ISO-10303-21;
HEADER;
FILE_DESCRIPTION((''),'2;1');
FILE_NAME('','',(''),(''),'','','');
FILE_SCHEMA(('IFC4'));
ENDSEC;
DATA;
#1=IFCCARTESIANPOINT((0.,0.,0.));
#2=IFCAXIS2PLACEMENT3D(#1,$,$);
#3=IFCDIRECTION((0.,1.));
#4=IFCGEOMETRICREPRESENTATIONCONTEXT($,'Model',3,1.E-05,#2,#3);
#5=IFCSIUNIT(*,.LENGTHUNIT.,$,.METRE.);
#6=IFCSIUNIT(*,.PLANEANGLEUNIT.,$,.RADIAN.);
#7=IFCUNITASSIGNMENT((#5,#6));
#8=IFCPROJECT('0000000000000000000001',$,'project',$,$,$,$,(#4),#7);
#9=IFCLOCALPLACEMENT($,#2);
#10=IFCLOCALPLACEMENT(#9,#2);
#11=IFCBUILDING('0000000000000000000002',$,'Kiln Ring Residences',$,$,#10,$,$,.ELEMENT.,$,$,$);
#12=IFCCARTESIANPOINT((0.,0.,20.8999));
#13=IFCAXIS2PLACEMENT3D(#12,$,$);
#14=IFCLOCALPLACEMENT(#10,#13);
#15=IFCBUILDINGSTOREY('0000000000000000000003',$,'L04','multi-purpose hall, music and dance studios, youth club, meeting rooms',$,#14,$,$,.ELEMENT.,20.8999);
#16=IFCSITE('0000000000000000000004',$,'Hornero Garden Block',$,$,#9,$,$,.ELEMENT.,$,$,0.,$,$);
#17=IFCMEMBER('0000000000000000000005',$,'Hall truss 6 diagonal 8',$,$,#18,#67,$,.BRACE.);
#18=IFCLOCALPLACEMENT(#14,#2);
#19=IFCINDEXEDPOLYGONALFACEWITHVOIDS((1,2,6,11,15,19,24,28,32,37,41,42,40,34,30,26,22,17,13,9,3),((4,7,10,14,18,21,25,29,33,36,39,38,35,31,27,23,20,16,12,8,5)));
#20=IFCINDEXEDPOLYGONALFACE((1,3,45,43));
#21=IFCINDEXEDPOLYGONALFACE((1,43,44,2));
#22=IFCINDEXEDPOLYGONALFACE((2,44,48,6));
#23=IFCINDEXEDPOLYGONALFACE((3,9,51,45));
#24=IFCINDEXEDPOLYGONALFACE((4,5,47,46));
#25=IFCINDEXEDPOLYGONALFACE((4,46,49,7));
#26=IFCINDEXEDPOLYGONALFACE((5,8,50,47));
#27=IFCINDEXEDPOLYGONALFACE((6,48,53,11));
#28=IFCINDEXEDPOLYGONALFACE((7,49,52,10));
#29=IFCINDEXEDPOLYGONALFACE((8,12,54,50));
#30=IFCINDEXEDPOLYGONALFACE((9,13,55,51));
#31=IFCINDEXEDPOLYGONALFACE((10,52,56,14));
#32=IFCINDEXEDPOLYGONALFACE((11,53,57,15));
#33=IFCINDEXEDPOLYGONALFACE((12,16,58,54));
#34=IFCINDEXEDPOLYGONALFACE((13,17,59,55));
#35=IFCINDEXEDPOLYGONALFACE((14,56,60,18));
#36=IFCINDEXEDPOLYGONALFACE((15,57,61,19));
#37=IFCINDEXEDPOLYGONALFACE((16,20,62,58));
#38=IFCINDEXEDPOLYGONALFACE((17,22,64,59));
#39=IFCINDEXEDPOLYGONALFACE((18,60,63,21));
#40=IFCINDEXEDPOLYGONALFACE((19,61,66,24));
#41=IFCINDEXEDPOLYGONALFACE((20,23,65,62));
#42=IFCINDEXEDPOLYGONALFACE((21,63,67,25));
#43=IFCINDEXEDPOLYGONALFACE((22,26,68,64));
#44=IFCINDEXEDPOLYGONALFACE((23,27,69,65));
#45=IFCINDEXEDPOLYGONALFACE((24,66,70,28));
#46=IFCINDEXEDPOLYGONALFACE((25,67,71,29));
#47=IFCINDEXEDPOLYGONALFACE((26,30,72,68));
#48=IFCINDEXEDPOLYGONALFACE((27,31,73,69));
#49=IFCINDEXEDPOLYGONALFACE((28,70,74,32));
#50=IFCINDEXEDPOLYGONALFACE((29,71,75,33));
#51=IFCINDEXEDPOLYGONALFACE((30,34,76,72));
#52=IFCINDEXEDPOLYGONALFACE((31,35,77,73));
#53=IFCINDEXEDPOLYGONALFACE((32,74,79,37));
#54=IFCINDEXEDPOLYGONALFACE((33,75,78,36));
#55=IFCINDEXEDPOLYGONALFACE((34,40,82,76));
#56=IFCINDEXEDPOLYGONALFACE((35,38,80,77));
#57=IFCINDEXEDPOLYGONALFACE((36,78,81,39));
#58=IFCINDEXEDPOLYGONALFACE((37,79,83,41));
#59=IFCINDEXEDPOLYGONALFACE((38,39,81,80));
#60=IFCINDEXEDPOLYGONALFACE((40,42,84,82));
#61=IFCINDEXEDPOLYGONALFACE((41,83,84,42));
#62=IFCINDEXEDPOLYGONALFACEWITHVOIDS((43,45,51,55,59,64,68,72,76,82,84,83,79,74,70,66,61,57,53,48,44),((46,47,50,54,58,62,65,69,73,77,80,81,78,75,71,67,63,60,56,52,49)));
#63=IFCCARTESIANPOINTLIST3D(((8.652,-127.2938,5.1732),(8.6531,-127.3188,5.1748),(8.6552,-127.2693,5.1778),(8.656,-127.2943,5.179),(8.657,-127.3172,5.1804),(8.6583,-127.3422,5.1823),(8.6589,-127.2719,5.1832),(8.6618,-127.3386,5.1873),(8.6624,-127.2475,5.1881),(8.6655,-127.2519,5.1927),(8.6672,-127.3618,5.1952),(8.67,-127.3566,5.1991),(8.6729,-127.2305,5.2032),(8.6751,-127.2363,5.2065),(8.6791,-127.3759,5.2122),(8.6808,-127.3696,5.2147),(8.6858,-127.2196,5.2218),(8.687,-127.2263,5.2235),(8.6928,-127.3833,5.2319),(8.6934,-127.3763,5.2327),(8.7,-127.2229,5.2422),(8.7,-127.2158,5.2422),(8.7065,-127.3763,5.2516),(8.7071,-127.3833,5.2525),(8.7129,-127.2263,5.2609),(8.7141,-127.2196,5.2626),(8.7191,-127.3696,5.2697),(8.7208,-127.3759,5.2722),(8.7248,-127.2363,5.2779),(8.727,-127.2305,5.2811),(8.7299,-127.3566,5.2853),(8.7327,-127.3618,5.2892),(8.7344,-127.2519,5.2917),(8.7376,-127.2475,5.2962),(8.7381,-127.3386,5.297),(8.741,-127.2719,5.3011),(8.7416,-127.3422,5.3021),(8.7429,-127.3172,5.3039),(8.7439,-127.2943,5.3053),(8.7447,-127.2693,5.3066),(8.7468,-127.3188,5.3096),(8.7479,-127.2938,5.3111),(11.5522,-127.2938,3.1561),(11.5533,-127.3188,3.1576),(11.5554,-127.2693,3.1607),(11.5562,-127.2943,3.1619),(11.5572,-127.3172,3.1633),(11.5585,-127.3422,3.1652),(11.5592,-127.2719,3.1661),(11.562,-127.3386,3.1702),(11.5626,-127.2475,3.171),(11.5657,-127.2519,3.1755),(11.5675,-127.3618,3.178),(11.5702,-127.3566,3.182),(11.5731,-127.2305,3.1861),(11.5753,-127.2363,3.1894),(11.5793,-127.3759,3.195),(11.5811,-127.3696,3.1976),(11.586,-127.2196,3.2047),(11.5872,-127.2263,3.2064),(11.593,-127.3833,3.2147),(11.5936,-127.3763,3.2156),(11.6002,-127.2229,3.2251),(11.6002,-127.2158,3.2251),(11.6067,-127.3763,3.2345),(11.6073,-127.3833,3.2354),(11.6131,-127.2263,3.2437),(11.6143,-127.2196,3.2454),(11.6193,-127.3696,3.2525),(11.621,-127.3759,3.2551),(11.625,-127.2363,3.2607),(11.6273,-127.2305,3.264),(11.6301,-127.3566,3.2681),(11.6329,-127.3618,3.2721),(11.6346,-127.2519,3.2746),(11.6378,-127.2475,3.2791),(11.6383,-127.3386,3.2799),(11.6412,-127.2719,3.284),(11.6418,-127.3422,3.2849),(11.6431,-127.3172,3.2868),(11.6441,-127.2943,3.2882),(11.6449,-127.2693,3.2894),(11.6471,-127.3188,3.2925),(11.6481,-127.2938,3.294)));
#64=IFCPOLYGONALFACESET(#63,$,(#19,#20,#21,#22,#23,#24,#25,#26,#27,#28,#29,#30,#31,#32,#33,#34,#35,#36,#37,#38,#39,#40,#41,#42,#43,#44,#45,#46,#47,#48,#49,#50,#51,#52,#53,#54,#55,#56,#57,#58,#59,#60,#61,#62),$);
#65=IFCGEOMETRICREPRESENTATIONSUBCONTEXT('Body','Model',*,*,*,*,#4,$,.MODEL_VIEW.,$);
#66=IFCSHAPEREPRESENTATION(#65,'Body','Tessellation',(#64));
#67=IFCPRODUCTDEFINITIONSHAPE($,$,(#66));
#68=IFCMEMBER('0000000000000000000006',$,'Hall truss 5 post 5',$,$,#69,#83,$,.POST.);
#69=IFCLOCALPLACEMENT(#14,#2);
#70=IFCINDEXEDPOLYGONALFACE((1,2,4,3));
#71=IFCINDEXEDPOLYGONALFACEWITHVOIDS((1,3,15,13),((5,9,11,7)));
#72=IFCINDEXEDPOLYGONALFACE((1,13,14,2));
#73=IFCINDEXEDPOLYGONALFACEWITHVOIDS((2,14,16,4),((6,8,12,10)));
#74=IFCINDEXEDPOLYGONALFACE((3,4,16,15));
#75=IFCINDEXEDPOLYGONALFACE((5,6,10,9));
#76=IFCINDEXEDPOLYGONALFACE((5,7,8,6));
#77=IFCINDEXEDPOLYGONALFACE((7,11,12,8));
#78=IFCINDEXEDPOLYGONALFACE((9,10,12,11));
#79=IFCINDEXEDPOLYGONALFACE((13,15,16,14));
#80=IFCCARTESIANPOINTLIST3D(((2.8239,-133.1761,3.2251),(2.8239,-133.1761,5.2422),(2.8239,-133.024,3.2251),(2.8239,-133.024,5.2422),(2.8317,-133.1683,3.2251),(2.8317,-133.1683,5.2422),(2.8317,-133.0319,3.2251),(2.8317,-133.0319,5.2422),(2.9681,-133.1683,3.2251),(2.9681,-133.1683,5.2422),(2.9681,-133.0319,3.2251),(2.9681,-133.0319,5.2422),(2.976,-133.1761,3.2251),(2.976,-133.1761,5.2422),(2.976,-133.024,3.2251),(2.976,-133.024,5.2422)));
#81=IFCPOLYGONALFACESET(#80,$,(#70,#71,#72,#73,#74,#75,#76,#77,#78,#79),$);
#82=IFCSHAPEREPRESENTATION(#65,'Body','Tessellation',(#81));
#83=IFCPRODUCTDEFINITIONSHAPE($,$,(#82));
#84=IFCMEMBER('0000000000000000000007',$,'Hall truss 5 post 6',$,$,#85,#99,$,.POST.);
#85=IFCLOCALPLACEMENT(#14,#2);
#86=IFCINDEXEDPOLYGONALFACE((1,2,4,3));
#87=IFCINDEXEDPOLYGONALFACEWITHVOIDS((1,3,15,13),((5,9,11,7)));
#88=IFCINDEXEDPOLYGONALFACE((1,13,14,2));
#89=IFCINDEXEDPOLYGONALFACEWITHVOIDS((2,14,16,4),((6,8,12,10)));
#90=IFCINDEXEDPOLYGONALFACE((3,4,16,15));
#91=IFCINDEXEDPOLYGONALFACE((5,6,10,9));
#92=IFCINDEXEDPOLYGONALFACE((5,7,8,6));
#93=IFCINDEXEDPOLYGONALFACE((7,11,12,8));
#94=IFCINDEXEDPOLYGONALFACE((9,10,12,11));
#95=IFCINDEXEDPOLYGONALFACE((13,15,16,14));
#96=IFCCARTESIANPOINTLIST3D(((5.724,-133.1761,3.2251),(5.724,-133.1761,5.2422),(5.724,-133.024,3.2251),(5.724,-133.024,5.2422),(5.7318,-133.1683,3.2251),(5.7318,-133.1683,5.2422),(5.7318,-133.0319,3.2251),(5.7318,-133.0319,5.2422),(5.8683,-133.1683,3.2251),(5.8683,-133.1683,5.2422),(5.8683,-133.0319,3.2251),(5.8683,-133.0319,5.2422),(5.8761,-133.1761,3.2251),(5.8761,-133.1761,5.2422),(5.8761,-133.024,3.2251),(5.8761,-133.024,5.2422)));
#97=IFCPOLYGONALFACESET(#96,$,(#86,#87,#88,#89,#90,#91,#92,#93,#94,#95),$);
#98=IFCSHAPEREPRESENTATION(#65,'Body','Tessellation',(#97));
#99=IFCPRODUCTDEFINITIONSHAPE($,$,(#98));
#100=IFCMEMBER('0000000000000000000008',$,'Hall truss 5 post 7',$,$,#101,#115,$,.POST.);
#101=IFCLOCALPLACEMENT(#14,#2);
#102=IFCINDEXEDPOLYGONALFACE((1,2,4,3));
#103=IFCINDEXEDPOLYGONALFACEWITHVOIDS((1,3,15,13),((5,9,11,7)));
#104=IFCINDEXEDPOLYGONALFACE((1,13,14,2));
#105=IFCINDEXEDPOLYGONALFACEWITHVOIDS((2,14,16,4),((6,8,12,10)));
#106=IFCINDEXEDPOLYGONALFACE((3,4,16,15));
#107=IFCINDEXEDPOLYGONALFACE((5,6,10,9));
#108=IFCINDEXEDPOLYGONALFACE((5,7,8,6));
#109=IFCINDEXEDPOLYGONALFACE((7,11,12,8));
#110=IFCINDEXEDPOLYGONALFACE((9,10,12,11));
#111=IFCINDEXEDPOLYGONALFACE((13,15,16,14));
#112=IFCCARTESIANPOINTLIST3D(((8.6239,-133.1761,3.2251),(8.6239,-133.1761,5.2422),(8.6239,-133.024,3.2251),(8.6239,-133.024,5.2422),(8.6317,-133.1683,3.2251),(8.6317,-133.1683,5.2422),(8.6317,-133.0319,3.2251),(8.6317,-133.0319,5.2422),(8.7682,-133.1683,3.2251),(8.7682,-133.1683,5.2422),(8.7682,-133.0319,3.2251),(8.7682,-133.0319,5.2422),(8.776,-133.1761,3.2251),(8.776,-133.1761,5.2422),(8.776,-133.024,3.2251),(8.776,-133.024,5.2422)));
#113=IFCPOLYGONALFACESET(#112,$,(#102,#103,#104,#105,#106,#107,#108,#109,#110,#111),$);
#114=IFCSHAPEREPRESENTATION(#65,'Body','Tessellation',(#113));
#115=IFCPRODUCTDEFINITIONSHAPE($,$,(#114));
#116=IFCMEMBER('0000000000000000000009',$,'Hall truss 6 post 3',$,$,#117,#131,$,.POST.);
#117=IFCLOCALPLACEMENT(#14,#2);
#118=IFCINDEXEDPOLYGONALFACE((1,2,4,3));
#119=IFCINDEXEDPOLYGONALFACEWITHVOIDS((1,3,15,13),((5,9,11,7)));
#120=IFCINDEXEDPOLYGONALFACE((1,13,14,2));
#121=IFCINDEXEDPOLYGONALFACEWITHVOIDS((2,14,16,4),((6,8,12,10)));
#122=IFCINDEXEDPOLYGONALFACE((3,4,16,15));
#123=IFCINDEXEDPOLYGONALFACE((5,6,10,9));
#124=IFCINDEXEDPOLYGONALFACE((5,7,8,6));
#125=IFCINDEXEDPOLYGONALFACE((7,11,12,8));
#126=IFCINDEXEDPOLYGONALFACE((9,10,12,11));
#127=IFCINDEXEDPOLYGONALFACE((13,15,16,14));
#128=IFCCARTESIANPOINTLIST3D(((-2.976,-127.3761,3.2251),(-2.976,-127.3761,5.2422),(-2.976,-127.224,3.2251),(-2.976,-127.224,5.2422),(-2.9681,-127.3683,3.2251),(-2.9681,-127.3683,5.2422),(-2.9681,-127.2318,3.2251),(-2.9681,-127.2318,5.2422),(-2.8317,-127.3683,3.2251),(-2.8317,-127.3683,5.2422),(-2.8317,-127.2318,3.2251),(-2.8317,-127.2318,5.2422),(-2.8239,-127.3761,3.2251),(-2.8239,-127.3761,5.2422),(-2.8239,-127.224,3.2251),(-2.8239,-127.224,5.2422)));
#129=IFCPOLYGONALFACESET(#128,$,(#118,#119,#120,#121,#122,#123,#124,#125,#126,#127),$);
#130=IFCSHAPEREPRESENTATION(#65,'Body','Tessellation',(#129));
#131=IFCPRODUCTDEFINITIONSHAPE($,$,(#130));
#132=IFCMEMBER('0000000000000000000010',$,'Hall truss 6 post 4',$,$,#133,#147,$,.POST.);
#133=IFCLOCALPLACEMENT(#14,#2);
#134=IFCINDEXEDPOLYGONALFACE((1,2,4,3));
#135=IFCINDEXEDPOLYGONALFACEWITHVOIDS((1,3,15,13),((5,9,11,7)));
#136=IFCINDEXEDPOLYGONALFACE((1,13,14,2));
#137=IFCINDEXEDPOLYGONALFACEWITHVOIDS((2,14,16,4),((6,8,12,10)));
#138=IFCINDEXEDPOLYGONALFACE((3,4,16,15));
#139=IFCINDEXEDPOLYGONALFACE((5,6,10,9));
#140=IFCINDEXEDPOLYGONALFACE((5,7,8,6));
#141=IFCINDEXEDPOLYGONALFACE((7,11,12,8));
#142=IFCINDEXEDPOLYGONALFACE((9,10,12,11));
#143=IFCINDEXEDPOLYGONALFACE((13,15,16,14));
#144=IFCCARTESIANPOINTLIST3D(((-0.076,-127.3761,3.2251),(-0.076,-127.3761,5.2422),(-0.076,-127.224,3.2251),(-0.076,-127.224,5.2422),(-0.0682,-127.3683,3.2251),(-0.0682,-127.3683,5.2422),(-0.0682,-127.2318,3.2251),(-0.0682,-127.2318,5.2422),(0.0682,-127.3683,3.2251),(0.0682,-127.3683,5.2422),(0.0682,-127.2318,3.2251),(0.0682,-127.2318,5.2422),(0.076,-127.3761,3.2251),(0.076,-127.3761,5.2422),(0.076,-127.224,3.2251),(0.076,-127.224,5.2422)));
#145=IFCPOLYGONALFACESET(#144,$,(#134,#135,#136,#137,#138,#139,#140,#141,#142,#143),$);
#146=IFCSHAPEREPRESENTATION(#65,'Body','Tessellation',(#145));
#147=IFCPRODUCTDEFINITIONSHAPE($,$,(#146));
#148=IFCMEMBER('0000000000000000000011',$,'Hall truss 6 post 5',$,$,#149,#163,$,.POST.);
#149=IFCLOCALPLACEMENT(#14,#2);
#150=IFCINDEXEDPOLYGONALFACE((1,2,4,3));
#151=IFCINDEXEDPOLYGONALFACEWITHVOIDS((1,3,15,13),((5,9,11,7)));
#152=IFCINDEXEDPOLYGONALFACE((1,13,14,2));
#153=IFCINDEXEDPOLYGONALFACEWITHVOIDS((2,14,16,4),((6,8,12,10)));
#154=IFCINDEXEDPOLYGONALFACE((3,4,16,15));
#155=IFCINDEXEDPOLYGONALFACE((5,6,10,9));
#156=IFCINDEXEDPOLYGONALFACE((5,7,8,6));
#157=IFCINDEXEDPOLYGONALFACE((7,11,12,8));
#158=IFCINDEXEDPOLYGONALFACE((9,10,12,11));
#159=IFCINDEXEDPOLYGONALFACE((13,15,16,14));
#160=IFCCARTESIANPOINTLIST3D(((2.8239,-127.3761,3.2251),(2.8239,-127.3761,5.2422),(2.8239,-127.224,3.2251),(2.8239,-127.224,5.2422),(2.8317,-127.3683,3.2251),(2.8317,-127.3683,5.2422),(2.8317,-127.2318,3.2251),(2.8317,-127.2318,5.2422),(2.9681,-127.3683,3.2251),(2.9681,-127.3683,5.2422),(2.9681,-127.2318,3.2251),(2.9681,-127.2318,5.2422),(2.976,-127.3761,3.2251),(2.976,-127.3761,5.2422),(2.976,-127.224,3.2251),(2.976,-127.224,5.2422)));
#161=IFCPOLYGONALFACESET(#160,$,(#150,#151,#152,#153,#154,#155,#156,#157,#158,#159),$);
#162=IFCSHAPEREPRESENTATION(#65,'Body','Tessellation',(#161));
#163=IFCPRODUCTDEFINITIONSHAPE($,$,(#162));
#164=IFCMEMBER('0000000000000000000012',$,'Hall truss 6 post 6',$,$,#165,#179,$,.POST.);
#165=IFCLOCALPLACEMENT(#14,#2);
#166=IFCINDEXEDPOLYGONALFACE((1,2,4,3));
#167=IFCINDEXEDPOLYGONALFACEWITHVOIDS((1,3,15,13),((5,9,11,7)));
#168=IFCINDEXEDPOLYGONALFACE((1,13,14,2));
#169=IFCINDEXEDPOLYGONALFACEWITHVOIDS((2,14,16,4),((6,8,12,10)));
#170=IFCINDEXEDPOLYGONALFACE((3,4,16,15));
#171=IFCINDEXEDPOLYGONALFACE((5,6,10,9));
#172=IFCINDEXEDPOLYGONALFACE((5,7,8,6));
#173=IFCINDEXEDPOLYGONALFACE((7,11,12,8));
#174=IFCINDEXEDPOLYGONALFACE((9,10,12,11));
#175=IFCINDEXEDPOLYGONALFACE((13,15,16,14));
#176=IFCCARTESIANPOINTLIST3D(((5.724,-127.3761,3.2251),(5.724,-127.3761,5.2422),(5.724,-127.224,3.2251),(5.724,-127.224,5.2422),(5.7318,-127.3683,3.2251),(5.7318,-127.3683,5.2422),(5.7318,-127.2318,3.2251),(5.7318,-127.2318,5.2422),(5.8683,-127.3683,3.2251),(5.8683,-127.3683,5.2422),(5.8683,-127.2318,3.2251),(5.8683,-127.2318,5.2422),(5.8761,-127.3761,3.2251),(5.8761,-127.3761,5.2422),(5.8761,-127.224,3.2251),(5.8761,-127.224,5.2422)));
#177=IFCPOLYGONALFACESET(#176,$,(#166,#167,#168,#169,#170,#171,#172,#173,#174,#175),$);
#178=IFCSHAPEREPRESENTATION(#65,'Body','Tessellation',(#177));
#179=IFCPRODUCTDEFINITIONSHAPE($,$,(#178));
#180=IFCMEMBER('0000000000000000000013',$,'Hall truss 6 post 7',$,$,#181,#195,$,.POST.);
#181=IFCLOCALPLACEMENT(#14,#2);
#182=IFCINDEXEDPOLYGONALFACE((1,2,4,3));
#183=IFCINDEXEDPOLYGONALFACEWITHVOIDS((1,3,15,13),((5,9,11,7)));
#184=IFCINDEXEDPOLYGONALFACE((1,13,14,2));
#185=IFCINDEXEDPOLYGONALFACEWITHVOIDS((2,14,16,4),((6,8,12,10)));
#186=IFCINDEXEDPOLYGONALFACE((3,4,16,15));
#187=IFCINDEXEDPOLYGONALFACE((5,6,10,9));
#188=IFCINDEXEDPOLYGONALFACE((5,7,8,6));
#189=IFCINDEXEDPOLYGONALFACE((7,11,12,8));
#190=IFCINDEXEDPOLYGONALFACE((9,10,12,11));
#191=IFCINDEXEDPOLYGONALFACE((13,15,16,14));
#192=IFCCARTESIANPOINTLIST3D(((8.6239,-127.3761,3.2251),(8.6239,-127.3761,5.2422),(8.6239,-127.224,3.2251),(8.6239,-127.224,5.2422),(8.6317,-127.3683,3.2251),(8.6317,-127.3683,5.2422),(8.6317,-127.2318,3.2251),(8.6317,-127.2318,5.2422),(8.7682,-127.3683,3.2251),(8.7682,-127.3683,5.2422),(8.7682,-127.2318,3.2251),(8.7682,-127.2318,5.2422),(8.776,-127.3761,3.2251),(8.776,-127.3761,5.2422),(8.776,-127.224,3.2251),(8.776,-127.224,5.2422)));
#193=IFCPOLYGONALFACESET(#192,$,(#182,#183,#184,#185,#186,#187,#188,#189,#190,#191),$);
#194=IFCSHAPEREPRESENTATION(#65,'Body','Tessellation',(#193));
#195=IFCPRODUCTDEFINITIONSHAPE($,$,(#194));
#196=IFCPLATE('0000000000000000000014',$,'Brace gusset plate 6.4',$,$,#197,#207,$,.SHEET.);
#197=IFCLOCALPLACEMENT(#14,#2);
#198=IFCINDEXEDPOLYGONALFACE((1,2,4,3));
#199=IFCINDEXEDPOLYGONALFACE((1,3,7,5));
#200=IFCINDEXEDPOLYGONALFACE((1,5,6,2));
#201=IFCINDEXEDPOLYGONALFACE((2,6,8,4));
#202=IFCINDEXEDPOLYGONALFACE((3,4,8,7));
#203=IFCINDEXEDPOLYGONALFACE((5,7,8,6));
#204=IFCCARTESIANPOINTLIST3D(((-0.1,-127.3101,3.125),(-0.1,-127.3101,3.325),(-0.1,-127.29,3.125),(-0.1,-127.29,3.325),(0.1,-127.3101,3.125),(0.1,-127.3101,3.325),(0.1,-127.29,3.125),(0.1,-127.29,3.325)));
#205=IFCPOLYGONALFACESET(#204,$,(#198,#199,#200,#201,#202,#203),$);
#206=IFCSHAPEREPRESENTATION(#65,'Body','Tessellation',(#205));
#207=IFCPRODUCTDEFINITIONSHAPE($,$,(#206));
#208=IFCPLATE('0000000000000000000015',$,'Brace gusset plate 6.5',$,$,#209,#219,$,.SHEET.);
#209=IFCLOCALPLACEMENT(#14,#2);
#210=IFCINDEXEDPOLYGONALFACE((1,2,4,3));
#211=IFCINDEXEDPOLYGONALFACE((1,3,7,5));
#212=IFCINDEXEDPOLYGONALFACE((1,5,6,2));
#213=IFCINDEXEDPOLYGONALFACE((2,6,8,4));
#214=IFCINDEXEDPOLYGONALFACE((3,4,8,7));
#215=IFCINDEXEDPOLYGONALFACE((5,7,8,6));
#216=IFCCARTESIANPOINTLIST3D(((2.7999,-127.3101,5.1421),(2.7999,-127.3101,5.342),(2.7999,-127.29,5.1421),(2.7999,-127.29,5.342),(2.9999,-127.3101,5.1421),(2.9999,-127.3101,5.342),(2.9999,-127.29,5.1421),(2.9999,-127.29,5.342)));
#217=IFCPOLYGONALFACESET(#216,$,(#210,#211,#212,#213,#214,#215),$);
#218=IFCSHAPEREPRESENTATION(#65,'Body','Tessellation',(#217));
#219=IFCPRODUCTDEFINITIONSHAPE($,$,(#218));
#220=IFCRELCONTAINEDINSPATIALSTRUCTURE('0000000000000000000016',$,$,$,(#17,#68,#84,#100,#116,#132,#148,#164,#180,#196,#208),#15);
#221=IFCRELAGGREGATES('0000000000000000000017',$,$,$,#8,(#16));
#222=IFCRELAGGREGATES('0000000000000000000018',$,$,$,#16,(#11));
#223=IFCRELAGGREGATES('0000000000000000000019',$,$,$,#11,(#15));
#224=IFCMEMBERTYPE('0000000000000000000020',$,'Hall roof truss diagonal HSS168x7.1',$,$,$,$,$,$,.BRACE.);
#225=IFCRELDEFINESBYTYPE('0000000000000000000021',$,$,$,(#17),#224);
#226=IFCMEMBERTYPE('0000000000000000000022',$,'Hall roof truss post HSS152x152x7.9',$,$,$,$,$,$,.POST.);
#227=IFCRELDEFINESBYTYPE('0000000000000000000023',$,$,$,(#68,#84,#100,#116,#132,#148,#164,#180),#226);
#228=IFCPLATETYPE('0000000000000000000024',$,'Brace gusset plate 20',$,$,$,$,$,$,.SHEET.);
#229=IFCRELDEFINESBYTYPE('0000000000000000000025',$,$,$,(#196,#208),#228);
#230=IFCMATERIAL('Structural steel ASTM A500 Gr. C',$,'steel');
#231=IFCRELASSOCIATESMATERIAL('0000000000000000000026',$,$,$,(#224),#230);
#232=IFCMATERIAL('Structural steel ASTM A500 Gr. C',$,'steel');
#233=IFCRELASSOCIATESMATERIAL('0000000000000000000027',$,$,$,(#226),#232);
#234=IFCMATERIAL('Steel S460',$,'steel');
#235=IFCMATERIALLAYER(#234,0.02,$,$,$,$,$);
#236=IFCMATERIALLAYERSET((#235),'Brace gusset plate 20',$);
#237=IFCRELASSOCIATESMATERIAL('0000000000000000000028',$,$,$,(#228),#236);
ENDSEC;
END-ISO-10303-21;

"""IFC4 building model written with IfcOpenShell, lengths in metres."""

from ifc_helpers import new_model, si_unit, direction, frame, origin, origin_2d, place, context, subcontext, project, spatial, rectangle, hollow_rectangle, hollow_circle, extrude, material, layer, layer_set, material_profile, profile_set, type_object, element, save


model = new_model("IFC4")

# Units and contexts
model_context = context("Model", 3, precision=1e-05, world=origin(), true_north=direction((0.0, 1.0)))
body_context = subcontext(model_context, "Body", "Model", "MODEL_VIEW")
ifc_project = project(units=[si_unit("LENGTHUNIT", "METRE"), si_unit("PLANEANGLEUNIT", "RADIAN")], contexts=[model_context])

# Site, building, storey
site_placement = place(None, origin())
site = spatial("IfcSite", under=ifc_project, at=site_placement, Name="Hornero Garden Block", CompositionType="ELEMENT", RefElevation=0.0)
building_placement = place(site_placement, origin())
building = spatial("IfcBuilding", under=site, at=building_placement, Name="Kiln Ring Residences", CompositionType="ELEMENT")
storey_placement = place(building_placement, frame((0.0, 0.0, 20.8999)))
storey = spatial("IfcBuildingStorey", under=building, at=storey_placement, Name="L04", Description="multi-purpose hall, music and dance studios, youth club, meeting rooms", CompositionType="ELEMENT", Elevation=20.8999)

# Members
ifc_material_1 = material(Name="Structural steel ASTM A500 Gr. C", Category="steel")
ifc_material_profile_1 = material_profile(ifc_material_1, hollow_circle(Radius=0.0842, WallThickness=0.0071, at=origin_2d()), Name="HSS168x7.1")
ifc_profile_set_1 = profile_set([ifc_material_profile_1], Name="Structural steel ASTM A500 Gr. C")
member_type_1 = type_object("IfcMemberType", Name="Hall roof truss diagonal HSS168x7.1", PredefinedType="BRACE", material=ifc_profile_set_1)
member_1_placement = place(storey_placement, frame((8.7, -127.3, 5.2422), z_axis=(0.820959, 0.0, -0.570988), x_axis=(0.0, 1.0, 0.0)))
element("IfcMember", 1, at=member_1_placement, inside=storey, type_object=member_type_1, Name="Hall truss 6 diagonal 8", PredefinedType="BRACE", context=body_context, shape_type="SweptSolid", body=[
    extrude(hollow_circle(Radius=0.0842, WallThickness=0.0071, at=origin_2d()), origin(), (0.0, 0.0, 1.0), 3.5327),
])
ifc_material_2 = material(Name="Structural steel ASTM A500 Gr. C", Category="steel")
ifc_material_profile_2 = material_profile(ifc_material_2, hollow_rectangle(XDim=0.1521, YDim=0.1521, WallThickness=0.0078, at=origin_2d()), Name="HSS152x152x7.9")
ifc_profile_set_2 = profile_set([ifc_material_profile_2], Name="Structural steel ASTM A500 Gr. C")
member_type_2 = type_object("IfcMemberType", Name="Hall roof truss post HSS152x152x7.9", PredefinedType="POST", material=ifc_profile_set_2)
for number, where, z_axis, x_axis, name in (
    (2, (2.8999, -133.1001, 3.2251), (0.0, 0.0, 1.0), (1.0, 0.0, 0.0), "Hall truss 5 post 5"),
    (3, (5.8, -133.1001, 3.2251), (0.0, 0.0, 1.0), (1.0, 0.0, 0.0), "Hall truss 5 post 6"),
    (4, (8.7, -133.1001, 3.2251), (0.0, 0.0, 1.0), (1.0, 0.0, 0.0), "Hall truss 5 post 7"),
    (5, (-2.8999, -127.3, 3.2251), (0.0, 0.0, 1.0), (1.0, 0.0, 0.0), "Hall truss 6 post 3"),
    (6, (0.0, -127.3, 3.2251), (0.0, 0.0, 1.0), (1.0, 0.0, 0.0), "Hall truss 6 post 4"),
    (7, (2.8999, -127.3, 3.2251), (0.0, 0.0, 1.0), (1.0, 0.0, 0.0), "Hall truss 6 post 5"),
    (8, (5.8, -127.3, 3.2251), (0.0, 0.0, 1.0), (1.0, 0.0, 0.0), "Hall truss 6 post 6"),
    (9, (8.7, -127.3, 3.2251), (0.0, 0.0, 1.0), (1.0, 0.0, 0.0), "Hall truss 6 post 7"),
):
    element("IfcMember", number, at=place(storey_placement, frame(where, z_axis=z_axis, x_axis=x_axis)), inside=storey, type_object=member_type_2, Name=name, PredefinedType="POST", context=body_context, shape_type="SweptSolid", body=[
        extrude(hollow_rectangle(XDim=0.1521, YDim=0.1521, WallThickness=0.0078, at=origin_2d()), origin(), (0.0, 0.0, 1.0), 2.0171),
    ])

# Plates
ifc_material_3 = material(Name="Steel S460", Category="steel")
ifc_layer_1 = layer(ifc_material_3, 0.02)
ifc_layer_set_1 = layer_set([ifc_layer_1], Name="Brace gusset plate 20")
plate_type = type_object("IfcPlateType", Name="Brace gusset plate 20", PredefinedType="SHEET", material=ifc_layer_set_1)
for number, where, z_axis, x_axis, name in (
    (10, (0.0, -127.3, 3.125), (0.0, 0.0, 1.0), (1.0, 0.0, 0.0), "Brace gusset plate 6.4"),
    (11, (2.8999, -127.3, 5.1421), (0.0, 0.0, 1.0), (1.0, 0.0, 0.0), "Brace gusset plate 6.5"),
):
    element("IfcPlate", number, at=place(storey_placement, frame(where, z_axis=z_axis, x_axis=x_axis)), inside=storey, type_object=plate_type, Name=name, PredefinedType="SHEET", context=body_context, shape_type="SweptSolid", body=[
        extrude(rectangle(XDim=0.2, YDim=0.02, at=origin_2d()), origin(), (0.0, 0.0, 1.0), 0.2),
    ])

save(model, "model.ifc")
